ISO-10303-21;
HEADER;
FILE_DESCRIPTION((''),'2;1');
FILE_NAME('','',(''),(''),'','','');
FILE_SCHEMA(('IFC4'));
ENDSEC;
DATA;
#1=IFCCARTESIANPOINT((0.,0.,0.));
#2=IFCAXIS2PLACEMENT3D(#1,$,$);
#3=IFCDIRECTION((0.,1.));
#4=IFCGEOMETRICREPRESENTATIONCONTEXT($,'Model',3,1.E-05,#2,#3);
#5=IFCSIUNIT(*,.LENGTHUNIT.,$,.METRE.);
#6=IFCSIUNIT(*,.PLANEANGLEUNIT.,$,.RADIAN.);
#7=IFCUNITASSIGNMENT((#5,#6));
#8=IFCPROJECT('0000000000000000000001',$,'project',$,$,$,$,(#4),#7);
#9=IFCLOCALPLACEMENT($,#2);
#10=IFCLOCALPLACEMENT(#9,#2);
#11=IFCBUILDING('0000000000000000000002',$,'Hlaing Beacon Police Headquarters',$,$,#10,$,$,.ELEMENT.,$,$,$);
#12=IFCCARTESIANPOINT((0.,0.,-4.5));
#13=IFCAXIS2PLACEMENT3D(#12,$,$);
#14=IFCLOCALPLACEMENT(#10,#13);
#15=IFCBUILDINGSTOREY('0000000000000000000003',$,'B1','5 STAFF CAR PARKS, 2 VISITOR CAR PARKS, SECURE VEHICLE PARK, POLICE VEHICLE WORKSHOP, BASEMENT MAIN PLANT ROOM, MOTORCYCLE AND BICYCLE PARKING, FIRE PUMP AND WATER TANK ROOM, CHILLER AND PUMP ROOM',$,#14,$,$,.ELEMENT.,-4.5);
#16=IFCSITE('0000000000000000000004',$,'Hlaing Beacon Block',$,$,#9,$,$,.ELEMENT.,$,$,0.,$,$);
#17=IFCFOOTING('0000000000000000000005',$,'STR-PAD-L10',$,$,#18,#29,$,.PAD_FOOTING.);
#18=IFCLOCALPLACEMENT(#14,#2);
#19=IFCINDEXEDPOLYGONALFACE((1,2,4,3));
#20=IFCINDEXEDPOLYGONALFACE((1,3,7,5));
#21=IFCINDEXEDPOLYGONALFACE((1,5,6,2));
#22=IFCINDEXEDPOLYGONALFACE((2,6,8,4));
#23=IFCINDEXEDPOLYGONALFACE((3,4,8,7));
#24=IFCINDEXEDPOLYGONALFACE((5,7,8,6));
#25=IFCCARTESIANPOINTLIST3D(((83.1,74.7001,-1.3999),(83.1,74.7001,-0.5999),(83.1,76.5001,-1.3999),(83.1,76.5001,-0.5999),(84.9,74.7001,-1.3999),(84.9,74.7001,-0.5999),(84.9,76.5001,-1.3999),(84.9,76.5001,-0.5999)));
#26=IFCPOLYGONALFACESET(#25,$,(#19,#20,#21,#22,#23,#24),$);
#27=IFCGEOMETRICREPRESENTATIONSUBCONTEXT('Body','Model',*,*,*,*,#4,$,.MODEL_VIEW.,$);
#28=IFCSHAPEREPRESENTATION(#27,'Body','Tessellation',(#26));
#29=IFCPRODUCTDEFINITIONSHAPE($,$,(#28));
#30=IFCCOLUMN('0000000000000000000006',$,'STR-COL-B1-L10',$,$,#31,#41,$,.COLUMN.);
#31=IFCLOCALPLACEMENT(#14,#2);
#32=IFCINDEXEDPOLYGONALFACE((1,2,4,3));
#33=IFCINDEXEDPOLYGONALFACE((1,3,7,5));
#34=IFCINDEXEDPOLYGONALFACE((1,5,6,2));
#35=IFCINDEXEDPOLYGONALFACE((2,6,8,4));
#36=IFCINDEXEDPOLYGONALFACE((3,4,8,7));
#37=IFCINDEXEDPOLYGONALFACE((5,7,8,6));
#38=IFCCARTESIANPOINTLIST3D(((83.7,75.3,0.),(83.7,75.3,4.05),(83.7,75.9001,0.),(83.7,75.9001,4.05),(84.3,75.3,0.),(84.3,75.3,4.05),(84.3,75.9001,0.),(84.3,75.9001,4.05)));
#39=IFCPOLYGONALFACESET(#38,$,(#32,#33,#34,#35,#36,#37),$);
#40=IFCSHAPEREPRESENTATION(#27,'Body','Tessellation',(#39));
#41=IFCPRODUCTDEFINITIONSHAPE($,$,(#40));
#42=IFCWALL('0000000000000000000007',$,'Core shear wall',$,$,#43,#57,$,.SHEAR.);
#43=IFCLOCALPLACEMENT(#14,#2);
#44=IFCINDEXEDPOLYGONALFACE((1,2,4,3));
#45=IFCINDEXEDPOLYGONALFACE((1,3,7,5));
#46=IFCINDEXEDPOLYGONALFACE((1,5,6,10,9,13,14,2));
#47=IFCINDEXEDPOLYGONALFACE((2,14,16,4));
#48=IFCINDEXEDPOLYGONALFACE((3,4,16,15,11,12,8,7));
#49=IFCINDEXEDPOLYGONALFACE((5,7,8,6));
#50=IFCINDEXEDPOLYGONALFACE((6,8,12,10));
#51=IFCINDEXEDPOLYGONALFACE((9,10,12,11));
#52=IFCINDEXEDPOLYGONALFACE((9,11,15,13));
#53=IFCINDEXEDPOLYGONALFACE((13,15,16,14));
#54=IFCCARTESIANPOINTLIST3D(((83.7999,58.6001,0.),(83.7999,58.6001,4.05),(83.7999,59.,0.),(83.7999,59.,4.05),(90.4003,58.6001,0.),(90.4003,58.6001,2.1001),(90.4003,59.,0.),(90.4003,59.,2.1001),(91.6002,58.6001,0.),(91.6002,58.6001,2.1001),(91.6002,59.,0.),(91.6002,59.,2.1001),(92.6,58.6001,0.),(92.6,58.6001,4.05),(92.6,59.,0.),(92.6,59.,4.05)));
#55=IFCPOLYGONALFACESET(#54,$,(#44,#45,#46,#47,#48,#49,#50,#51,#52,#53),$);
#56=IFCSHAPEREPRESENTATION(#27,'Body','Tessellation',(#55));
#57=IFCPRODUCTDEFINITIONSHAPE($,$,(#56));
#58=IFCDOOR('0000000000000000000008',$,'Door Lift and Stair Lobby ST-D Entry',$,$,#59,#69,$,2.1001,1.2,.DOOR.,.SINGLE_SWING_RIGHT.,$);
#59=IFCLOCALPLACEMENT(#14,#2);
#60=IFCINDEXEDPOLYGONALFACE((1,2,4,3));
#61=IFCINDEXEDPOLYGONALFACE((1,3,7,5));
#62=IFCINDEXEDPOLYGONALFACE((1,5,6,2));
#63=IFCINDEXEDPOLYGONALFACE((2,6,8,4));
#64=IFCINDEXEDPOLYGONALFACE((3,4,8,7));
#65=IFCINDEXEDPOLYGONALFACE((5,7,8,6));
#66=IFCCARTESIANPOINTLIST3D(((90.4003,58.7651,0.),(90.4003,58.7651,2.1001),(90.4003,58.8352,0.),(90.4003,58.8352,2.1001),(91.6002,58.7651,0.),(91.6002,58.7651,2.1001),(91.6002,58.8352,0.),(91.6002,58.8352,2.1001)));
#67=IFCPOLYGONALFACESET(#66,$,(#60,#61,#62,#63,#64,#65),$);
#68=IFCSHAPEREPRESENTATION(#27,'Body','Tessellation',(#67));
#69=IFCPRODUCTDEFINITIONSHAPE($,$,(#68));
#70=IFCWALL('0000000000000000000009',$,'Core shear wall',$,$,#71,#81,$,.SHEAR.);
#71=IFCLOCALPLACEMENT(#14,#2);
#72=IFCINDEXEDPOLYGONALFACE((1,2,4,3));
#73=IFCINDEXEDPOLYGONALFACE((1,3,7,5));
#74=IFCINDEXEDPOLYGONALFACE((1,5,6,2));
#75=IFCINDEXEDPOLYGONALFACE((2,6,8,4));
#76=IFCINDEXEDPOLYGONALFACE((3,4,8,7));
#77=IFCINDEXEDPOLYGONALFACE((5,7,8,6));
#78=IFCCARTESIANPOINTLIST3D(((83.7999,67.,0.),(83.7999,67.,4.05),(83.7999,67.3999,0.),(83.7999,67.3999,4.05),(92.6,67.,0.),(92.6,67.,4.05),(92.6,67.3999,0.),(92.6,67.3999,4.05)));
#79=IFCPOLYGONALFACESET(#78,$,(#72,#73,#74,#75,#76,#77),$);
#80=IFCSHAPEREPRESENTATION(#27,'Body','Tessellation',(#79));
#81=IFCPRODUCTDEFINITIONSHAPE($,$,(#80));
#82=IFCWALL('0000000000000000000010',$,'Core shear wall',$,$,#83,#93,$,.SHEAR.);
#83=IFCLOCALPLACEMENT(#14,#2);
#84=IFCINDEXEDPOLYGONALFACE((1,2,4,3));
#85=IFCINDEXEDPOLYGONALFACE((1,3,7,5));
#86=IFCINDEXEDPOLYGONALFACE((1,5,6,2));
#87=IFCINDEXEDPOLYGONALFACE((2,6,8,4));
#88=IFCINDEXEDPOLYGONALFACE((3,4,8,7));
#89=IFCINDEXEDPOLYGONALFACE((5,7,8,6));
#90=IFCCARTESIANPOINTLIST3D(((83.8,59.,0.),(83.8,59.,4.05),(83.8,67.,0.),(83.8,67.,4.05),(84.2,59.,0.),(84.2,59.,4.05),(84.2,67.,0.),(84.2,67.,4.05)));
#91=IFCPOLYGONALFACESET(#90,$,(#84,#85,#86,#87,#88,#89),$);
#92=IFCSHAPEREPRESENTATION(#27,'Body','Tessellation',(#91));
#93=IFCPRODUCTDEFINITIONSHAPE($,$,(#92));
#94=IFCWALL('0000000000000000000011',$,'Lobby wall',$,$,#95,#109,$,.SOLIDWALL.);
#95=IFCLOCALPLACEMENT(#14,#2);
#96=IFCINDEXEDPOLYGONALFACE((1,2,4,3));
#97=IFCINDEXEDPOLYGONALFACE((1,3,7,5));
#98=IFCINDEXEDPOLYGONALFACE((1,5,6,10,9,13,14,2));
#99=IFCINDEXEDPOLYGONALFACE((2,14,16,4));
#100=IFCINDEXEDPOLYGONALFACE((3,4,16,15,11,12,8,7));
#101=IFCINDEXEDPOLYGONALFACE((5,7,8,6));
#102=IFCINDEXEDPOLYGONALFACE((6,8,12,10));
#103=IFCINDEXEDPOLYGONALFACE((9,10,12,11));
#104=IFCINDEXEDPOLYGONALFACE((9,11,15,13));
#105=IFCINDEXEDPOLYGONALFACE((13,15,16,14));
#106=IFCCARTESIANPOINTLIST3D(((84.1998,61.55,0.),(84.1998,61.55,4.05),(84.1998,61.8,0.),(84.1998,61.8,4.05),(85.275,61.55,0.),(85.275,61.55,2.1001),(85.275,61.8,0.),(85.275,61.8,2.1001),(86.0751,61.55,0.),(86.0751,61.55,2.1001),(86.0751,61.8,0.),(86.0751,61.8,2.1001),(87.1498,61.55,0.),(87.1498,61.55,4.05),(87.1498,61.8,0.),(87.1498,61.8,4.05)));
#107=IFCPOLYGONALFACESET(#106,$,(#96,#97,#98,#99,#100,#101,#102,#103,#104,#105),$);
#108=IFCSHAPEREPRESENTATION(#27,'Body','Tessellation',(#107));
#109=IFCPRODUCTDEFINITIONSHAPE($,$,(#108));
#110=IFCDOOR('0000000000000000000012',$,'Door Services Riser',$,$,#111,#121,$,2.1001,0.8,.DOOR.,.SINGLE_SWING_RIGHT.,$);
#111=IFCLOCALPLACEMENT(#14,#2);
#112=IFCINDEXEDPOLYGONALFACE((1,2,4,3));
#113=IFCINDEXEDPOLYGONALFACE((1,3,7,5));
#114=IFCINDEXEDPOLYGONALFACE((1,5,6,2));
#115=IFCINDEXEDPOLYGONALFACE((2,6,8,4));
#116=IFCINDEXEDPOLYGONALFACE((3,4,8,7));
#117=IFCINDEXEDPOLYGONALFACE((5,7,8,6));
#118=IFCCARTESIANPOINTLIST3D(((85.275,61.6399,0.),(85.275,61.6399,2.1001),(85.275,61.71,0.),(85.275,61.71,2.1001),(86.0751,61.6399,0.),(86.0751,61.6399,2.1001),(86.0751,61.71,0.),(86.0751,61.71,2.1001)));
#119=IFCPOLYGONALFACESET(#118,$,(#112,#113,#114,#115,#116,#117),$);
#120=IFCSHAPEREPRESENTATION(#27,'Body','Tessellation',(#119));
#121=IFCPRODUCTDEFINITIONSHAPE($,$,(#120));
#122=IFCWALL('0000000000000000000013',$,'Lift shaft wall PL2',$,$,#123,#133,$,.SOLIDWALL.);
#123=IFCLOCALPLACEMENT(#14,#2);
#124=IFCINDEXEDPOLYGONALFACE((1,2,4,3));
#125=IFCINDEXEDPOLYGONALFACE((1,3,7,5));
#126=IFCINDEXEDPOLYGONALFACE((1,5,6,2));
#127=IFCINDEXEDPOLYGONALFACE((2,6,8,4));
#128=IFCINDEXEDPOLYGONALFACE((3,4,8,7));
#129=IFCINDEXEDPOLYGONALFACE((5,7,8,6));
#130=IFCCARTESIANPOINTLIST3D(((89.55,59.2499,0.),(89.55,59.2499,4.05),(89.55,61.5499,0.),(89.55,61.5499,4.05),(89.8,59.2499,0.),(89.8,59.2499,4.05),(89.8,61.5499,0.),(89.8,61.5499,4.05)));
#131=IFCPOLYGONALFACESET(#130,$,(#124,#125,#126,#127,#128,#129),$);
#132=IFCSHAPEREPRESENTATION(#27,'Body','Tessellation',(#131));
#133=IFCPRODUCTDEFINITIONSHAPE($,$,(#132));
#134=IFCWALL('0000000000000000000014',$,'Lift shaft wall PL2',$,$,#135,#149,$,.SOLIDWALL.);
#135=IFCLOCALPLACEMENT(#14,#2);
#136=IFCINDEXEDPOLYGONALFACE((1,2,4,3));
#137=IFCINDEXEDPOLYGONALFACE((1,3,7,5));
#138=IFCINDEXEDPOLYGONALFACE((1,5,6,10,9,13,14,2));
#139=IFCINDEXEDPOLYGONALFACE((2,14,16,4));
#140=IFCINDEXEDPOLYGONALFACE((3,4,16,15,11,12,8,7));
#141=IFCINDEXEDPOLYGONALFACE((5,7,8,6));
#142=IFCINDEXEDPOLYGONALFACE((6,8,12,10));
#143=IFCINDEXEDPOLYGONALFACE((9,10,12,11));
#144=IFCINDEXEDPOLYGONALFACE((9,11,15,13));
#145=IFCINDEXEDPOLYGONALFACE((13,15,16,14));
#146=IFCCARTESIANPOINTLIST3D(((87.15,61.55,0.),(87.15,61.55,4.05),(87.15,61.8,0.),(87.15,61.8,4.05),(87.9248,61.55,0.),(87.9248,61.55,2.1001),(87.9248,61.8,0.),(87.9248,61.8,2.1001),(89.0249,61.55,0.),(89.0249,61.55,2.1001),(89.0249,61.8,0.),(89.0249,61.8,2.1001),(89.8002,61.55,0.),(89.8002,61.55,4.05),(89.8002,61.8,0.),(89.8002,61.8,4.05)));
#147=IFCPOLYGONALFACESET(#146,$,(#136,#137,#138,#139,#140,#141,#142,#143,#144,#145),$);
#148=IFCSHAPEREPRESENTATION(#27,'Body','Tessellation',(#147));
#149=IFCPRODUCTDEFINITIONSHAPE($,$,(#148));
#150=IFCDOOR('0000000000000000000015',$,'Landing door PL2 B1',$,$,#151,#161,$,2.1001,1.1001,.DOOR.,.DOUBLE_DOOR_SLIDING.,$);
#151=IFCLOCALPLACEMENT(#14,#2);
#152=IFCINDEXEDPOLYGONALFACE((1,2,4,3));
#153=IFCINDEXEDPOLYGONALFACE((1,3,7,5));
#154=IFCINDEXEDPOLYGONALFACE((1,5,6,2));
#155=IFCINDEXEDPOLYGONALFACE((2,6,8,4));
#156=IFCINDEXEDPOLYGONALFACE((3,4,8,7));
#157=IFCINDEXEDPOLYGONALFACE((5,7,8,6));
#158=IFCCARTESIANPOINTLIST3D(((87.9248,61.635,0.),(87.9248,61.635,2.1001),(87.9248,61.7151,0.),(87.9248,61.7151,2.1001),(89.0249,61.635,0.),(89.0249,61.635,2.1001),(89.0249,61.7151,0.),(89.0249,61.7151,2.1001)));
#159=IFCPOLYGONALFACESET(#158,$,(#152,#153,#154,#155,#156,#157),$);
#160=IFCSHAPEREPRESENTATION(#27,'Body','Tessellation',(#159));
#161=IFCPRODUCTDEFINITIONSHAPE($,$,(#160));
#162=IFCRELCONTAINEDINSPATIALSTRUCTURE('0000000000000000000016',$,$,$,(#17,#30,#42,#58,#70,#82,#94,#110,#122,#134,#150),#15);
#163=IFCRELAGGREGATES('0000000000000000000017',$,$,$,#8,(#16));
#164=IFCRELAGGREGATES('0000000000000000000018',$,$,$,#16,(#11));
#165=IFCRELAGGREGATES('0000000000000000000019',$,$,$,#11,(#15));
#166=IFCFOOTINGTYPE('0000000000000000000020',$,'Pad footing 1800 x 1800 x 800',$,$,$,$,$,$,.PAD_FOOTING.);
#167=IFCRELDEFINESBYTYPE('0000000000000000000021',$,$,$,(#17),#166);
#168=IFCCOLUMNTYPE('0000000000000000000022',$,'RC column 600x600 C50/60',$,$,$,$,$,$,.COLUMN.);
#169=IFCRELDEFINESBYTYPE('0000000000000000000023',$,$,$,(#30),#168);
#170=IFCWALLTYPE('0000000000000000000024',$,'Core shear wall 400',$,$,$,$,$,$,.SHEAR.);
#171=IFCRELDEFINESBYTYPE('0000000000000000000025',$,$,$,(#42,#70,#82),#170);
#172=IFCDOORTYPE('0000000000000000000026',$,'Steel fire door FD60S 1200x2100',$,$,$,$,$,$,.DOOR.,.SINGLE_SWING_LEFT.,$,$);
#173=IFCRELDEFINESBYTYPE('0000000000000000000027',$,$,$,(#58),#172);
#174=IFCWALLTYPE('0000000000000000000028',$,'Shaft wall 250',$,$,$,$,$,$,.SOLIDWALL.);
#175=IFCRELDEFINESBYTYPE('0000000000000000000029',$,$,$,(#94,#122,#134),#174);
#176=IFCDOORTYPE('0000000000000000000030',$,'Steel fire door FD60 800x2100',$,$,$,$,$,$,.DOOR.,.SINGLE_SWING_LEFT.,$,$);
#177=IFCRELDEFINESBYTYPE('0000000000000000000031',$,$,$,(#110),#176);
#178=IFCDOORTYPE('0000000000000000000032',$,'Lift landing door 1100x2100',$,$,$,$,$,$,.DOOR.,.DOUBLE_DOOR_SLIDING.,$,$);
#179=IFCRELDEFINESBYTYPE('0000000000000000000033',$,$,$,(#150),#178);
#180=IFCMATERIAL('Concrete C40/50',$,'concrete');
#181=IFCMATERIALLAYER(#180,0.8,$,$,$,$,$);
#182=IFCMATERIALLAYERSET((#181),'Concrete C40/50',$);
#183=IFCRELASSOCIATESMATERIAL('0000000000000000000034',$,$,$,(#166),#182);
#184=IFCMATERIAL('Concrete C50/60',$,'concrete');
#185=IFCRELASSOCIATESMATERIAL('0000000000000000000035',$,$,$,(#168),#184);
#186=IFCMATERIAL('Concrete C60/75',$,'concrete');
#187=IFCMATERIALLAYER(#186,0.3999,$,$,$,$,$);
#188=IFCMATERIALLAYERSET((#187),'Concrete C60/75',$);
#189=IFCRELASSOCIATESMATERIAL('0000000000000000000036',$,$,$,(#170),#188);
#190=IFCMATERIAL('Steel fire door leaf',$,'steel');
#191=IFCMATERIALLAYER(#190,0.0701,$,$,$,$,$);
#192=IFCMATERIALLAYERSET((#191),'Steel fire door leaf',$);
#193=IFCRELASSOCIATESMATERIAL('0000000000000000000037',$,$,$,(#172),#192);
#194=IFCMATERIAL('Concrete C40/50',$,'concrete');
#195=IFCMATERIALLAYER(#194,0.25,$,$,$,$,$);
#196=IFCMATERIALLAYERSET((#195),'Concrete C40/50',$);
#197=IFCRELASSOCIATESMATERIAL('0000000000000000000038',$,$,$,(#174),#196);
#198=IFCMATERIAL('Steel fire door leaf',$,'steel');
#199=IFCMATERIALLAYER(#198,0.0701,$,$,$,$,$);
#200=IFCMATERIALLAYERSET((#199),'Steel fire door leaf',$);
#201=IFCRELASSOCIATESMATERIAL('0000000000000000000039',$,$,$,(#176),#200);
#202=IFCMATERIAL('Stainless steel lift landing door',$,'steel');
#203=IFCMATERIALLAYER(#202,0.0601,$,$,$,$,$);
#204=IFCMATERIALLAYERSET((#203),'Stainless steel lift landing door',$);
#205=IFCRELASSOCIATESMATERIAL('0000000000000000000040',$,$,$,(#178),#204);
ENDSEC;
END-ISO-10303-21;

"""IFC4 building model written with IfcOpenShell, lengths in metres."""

from ifc_helpers import new_model, si_unit, direction, frame, frame_2d, origin, origin_2d, place, context, subcontext, project, spatial, rectangle, extrude, material, layer, layer_set, material_profile, profile_set, type_object, element, fill, save


model = new_model("IFC4")

# Units and contexts
model_context = context("Model", 3, precision=1e-05, world=origin(), true_north=direction((0.0, 1.0)))
body_context = subcontext(model_context, "Body", "Model", "MODEL_VIEW")
ifc_project = project(units=[si_unit("LENGTHUNIT", "METRE"), si_unit("PLANEANGLEUNIT", "RADIAN")], contexts=[model_context])

# Site, building, storey
site_placement = place(None, origin())
site = spatial("IfcSite", under=ifc_project, at=site_placement, Name="Hlaing Beacon Block", CompositionType="ELEMENT", RefElevation=0.0)
building_placement = place(site_placement, origin())
building = spatial("IfcBuilding", under=site, at=building_placement, Name="Hlaing Beacon Police Headquarters", CompositionType="ELEMENT")
storey_placement = place(building_placement, frame((0.0, 0.0, -4.5)))
storey = spatial("IfcBuildingStorey", under=building, at=storey_placement, Name="B1", Description="5 STAFF CAR PARKS, 2 VISITOR CAR PARKS, SECURE VEHICLE PARK, POLICE VEHICLE WORKSHOP, BASEMENT MAIN PLANT ROOM, MOTORCYCLE AND BICYCLE PARKING, FIRE PUMP AND WATER TANK ROOM, CHILLER AND PUMP ROOM", CompositionType="ELEMENT", Elevation=-4.5)

# Footing
ifc_material_1 = material(Name="Concrete C40/50", Category="concrete")
ifc_layer_1 = layer(ifc_material_1, 0.8)
ifc_layer_set_1 = layer_set([ifc_layer_1], Name="Concrete C40/50")
footing_type = type_object("IfcFootingType", Name="Pad footing 1800 x 1800 x 800", PredefinedType="PAD_FOOTING", material=ifc_layer_set_1)
footing_placement = place(storey_placement, frame((84.0, 75.6001, -1.3999), z_axis=(0.0, 0.0, 1.0), x_axis=(1.0, 0.0, 0.0)))
element("IfcFooting", 1, at=footing_placement, inside=storey, type_object=footing_type, Name="STR-PAD-L10", PredefinedType="PAD_FOOTING", context=body_context, shape_type="SweptSolid", body=[
    extrude(rectangle(XDim=1.8, YDim=1.8, at=origin_2d()), origin(), (0.0, 0.0, 1.0), 0.8),
])

# Column
ifc_material_2 = material(Name="Concrete C50/60", Category="concrete")
ifc_material_profile_1 = material_profile(ifc_material_2, rectangle(XDim=0.6001, YDim=0.6001, at=origin_2d()), Name="600x600")
ifc_profile_set_1 = profile_set([ifc_material_profile_1], Name="Concrete C50/60")
column_type = type_object("IfcColumnType", Name="RC column 600x600 C50/60", PredefinedType="COLUMN", material=ifc_profile_set_1)
column_placement = place(storey_placement, frame((84.0, 75.6001, 0.0), z_axis=(0.0, 0.0, 1.0), x_axis=(1.0, 0.0, 0.0)))
element("IfcColumn", 2, at=column_placement, inside=storey, type_object=column_type, Name="STR-COL-B1-L10", PredefinedType="COLUMN", context=body_context, shape_type="SweptSolid", body=[
    extrude(rectangle(XDim=0.6001, YDim=0.6001, at=origin_2d()), origin(), (0.0, 0.0, 1.0), 4.05),
])

# Wall, opening, door
ifc_material_3 = material(Name="Concrete C60/75", Category="concrete")
ifc_layer_2 = layer(ifc_material_3, 0.3999)
ifc_layer_set_2 = layer_set([ifc_layer_2], Name="Concrete C60/75")
wall_type_1 = type_object("IfcWallType", Name="Core shear wall 400", PredefinedType="SHEAR", material=ifc_layer_set_2)
wall_1_placement = place(storey_placement, frame((83.8, 58.8, 0.0), z_axis=(0.0, 0.0, 1.0), x_axis=(1.0, 0.0, 0.0)))
wall_1 = element("IfcWall", 3, at=wall_1_placement, inside=storey, type_object=wall_type_1, Name="Core shear wall", PredefinedType="SHEAR", context=body_context, shape_type="SweptSolid", body=[
    extrude(rectangle(XDim=8.8, YDim=0.3999, at=frame_2d((4.3999, 0.0))), origin(), (0.0, 0.0, 1.0), 4.05),
])
opening_1_placement = place(wall_1_placement, frame((6.6001, 0.0, 0.0)))
opening_1 = element("IfcOpeningElement", 4, at=opening_1_placement, cuts=wall_1, PredefinedType="OPENING", context=body_context, shape_type="SweptSolid", body=[
    extrude(rectangle(XDim=1.2, YDim=2.1001, at=frame_2d((0.6001, 1.05))), frame((0.0, 0.21, 0.0), z_axis=(0.0, -1.0, 0.0), x_axis=(1.0, 0.0, 0.0)), (0.0, 0.0, 1.0), 0.4199),
])
ifc_material_4 = material(Name="Steel fire door leaf", Category="steel")
ifc_layer_3 = layer(ifc_material_4, 0.0701)
ifc_layer_set_3 = layer_set([ifc_layer_3], Name="Steel fire door leaf")
door_type_1 = type_object("IfcDoorType", Name="Steel fire door FD60S 1200x2100", OperationType="SINGLE_SWING_LEFT", PredefinedType="DOOR", material=ifc_layer_set_3)
door_1_placement = place(opening_1_placement, origin())
door_1 = element("IfcDoor", 5, at=door_1_placement, inside=storey, type_object=door_type_1, Name="Door Lift and Stair Lobby ST-D Entry", OperationType="SINGLE_SWING_RIGHT", OverallHeight=2.1001, OverallWidth=1.2, PredefinedType="DOOR", context=body_context, shape_type="SweptSolid", body=[
    extrude(rectangle(XDim=1.2, YDim=2.1001, at=frame_2d((0.6001, 1.05))), frame((0.0, 0.0352, 0.0), z_axis=(0.0, -1.0, 0.0), x_axis=(1.0, 0.0, 0.0)), (0.0, 0.0, 1.0), 0.0701),
])
fill(opening_1, door_1)

# Walls
wall_2_placement = place(storey_placement, frame((83.8, 67.2, 0.0), z_axis=(0.0, 0.0, 1.0), x_axis=(1.0, 0.0, 0.0)))
element("IfcWall", 6, at=wall_2_placement, inside=storey, type_object=wall_type_1, Name="Core shear wall", PredefinedType="SHEAR", context=body_context, shape_type="SweptSolid", body=[
    extrude(rectangle(XDim=8.8, YDim=0.3999, at=frame_2d((4.3999, 0.0))), origin(), (0.0, 0.0, 1.0), 4.05),
])
wall_3_placement = place(storey_placement, frame((84.0, 59.0, 0.0), z_axis=(0.0, 0.0, 1.0), x_axis=(0.0, 1.0, 0.0)))
element("IfcWall", 7, at=wall_3_placement, inside=storey, type_object=wall_type_1, Name="Core shear wall", PredefinedType="SHEAR", context=body_context, shape_type="SweptSolid", body=[
    extrude(rectangle(XDim=8.0, YDim=0.3999, at=frame_2d((4.0, 0.0))), origin(), (0.0, 0.0, 1.0), 4.05),
])

# Wall, opening, door
ifc_material_5 = material(Name="Concrete C40/50", Category="concrete")
ifc_layer_4 = layer(ifc_material_5, 0.25)
ifc_layer_set_4 = layer_set([ifc_layer_4], Name="Concrete C40/50")
wall_type_2 = type_object("IfcWallType", Name="Shaft wall 250", PredefinedType="SOLIDWALL", material=ifc_layer_set_4)
wall_4_placement = place(storey_placement, frame((87.1499, 61.675, 0.0), z_axis=(0.0, 0.0, 1.0), x_axis=(-1.0, 0.0, 0.0)))
wall_4 = element("IfcWall", 8, at=wall_4_placement, inside=storey, type_object=wall_type_2, Name="Lobby wall", PredefinedType="SOLIDWALL", context=body_context, shape_type="SweptSolid", body=[
    extrude(rectangle(XDim=2.95, YDim=0.25, at=frame_2d((1.4751, 0.0))), origin(), (0.0, 0.0, 1.0), 4.05),
])
opening_2_placement = place(wall_4_placement, frame((1.075, 0.0, 0.0)))
opening_2 = element("IfcOpeningElement", 9, at=opening_2_placement, cuts=wall_4, PredefinedType="OPENING", context=body_context, shape_type="SweptSolid", body=[
    extrude(rectangle(XDim=0.8, YDim=2.1001, at=frame_2d((0.3999, 1.05))), frame((0.0, 0.135, 0.0), z_axis=(0.0, -1.0, 0.0), x_axis=(1.0, 0.0, 0.0)), (0.0, 0.0, 1.0), 0.27),
])
ifc_material_6 = material(Name="Steel fire door leaf", Category="steel")
ifc_layer_5 = layer(ifc_material_6, 0.0701)
ifc_layer_set_5 = layer_set([ifc_layer_5], Name="Steel fire door leaf")
door_type_2 = type_object("IfcDoorType", Name="Steel fire door FD60 800x2100", OperationType="SINGLE_SWING_LEFT", PredefinedType="DOOR", material=ifc_layer_set_5)
door_2_placement = place(opening_2_placement, origin())
door_2 = element("IfcDoor", 10, at=door_2_placement, inside=storey, type_object=door_type_2, Name="Door Services Riser", OperationType="SINGLE_SWING_RIGHT", OverallHeight=2.1001, OverallWidth=0.8, PredefinedType="DOOR", context=body_context, shape_type="SweptSolid", body=[
    extrude(rectangle(XDim=0.8, YDim=2.1001, at=frame_2d((0.3999, 1.05))), frame((0.0, 0.0352, 0.0), z_axis=(0.0, -1.0, 0.0), x_axis=(1.0, 0.0, 0.0)), (0.0, 0.0, 1.0), 0.0701),
])
fill(opening_2, door_2)

# Wall
wall_5_placement = place(storey_placement, frame((89.675, 59.25, 0.0), z_axis=(0.0, 0.0, 1.0), x_axis=(0.0, 1.0, 0.0)))
element("IfcWall", 11, at=wall_5_placement, inside=storey, type_object=wall_type_2, Name="Lift shaft wall PL2", PredefinedType="SOLIDWALL", context=body_context, shape_type="SweptSolid", body=[
    extrude(rectangle(XDim=2.3, YDim=0.25, at=frame_2d((1.1499, 0.0))), origin(), (0.0, 0.0, 1.0), 4.05),
])

# Wall, opening, door
wall_6_placement = place(storey_placement, frame((87.1499, 61.675, 0.0), z_axis=(0.0, 0.0, 1.0), x_axis=(1.0, 0.0, 0.0)))
wall_6 = element("IfcWall", 12, at=wall_6_placement, inside=storey, type_object=wall_type_2, Name="Lift shaft wall PL2", PredefinedType="SOLIDWALL", context=body_context, shape_type="SweptSolid", body=[
    extrude(rectangle(XDim=2.6501, YDim=0.25, at=frame_2d((1.3252, 0.0))), origin(), (0.0, 0.0, 1.0), 4.05),
])
opening_3_placement = place(wall_6_placement, frame((0.7749, 0.0, 0.0)))
opening_3 = element("IfcOpeningElement", 13, at=opening_3_placement, cuts=wall_6, PredefinedType="OPENING", context=body_context, shape_type="SweptSolid", body=[
    extrude(rectangle(XDim=1.1001, YDim=2.1001, at=frame_2d((0.55, 1.05))), frame((0.0, 0.135, 0.0), z_axis=(0.0, -1.0, 0.0), x_axis=(1.0, 0.0, 0.0)), (0.0, 0.0, 1.0), 0.27),
])
ifc_material_7 = material(Name="Stainless steel lift landing door", Category="steel")
ifc_layer_6 = layer(ifc_material_7, 0.0601)
ifc_layer_set_6 = layer_set([ifc_layer_6], Name="Stainless steel lift landing door")
door_type_3 = type_object("IfcDoorType", Name="Lift landing door 1100x2100", OperationType="DOUBLE_DOOR_SLIDING", PredefinedType="DOOR", material=ifc_layer_set_6)
door_3_placement = place(opening_3_placement, origin())
door_3 = element("IfcDoor", 14, at=door_3_placement, inside=storey, type_object=door_type_3, Name="Landing door PL2 B1", OperationType="DOUBLE_DOOR_SLIDING", OverallHeight=2.1001, OverallWidth=1.1001, PredefinedType="DOOR", context=body_context, shape_type="SweptSolid", body=[
    extrude(rectangle(XDim=1.1001, YDim=2.1001, at=frame_2d((0.55, 1.05))), frame((0.0, 0.04, 0.0), z_axis=(0.0, -1.0, 0.0), x_axis=(1.0, 0.0, 0.0)), (0.0, 0.0, 1.0), 0.0801),
])
fill(opening_3, door_3)

save(model, "model.ifc")
